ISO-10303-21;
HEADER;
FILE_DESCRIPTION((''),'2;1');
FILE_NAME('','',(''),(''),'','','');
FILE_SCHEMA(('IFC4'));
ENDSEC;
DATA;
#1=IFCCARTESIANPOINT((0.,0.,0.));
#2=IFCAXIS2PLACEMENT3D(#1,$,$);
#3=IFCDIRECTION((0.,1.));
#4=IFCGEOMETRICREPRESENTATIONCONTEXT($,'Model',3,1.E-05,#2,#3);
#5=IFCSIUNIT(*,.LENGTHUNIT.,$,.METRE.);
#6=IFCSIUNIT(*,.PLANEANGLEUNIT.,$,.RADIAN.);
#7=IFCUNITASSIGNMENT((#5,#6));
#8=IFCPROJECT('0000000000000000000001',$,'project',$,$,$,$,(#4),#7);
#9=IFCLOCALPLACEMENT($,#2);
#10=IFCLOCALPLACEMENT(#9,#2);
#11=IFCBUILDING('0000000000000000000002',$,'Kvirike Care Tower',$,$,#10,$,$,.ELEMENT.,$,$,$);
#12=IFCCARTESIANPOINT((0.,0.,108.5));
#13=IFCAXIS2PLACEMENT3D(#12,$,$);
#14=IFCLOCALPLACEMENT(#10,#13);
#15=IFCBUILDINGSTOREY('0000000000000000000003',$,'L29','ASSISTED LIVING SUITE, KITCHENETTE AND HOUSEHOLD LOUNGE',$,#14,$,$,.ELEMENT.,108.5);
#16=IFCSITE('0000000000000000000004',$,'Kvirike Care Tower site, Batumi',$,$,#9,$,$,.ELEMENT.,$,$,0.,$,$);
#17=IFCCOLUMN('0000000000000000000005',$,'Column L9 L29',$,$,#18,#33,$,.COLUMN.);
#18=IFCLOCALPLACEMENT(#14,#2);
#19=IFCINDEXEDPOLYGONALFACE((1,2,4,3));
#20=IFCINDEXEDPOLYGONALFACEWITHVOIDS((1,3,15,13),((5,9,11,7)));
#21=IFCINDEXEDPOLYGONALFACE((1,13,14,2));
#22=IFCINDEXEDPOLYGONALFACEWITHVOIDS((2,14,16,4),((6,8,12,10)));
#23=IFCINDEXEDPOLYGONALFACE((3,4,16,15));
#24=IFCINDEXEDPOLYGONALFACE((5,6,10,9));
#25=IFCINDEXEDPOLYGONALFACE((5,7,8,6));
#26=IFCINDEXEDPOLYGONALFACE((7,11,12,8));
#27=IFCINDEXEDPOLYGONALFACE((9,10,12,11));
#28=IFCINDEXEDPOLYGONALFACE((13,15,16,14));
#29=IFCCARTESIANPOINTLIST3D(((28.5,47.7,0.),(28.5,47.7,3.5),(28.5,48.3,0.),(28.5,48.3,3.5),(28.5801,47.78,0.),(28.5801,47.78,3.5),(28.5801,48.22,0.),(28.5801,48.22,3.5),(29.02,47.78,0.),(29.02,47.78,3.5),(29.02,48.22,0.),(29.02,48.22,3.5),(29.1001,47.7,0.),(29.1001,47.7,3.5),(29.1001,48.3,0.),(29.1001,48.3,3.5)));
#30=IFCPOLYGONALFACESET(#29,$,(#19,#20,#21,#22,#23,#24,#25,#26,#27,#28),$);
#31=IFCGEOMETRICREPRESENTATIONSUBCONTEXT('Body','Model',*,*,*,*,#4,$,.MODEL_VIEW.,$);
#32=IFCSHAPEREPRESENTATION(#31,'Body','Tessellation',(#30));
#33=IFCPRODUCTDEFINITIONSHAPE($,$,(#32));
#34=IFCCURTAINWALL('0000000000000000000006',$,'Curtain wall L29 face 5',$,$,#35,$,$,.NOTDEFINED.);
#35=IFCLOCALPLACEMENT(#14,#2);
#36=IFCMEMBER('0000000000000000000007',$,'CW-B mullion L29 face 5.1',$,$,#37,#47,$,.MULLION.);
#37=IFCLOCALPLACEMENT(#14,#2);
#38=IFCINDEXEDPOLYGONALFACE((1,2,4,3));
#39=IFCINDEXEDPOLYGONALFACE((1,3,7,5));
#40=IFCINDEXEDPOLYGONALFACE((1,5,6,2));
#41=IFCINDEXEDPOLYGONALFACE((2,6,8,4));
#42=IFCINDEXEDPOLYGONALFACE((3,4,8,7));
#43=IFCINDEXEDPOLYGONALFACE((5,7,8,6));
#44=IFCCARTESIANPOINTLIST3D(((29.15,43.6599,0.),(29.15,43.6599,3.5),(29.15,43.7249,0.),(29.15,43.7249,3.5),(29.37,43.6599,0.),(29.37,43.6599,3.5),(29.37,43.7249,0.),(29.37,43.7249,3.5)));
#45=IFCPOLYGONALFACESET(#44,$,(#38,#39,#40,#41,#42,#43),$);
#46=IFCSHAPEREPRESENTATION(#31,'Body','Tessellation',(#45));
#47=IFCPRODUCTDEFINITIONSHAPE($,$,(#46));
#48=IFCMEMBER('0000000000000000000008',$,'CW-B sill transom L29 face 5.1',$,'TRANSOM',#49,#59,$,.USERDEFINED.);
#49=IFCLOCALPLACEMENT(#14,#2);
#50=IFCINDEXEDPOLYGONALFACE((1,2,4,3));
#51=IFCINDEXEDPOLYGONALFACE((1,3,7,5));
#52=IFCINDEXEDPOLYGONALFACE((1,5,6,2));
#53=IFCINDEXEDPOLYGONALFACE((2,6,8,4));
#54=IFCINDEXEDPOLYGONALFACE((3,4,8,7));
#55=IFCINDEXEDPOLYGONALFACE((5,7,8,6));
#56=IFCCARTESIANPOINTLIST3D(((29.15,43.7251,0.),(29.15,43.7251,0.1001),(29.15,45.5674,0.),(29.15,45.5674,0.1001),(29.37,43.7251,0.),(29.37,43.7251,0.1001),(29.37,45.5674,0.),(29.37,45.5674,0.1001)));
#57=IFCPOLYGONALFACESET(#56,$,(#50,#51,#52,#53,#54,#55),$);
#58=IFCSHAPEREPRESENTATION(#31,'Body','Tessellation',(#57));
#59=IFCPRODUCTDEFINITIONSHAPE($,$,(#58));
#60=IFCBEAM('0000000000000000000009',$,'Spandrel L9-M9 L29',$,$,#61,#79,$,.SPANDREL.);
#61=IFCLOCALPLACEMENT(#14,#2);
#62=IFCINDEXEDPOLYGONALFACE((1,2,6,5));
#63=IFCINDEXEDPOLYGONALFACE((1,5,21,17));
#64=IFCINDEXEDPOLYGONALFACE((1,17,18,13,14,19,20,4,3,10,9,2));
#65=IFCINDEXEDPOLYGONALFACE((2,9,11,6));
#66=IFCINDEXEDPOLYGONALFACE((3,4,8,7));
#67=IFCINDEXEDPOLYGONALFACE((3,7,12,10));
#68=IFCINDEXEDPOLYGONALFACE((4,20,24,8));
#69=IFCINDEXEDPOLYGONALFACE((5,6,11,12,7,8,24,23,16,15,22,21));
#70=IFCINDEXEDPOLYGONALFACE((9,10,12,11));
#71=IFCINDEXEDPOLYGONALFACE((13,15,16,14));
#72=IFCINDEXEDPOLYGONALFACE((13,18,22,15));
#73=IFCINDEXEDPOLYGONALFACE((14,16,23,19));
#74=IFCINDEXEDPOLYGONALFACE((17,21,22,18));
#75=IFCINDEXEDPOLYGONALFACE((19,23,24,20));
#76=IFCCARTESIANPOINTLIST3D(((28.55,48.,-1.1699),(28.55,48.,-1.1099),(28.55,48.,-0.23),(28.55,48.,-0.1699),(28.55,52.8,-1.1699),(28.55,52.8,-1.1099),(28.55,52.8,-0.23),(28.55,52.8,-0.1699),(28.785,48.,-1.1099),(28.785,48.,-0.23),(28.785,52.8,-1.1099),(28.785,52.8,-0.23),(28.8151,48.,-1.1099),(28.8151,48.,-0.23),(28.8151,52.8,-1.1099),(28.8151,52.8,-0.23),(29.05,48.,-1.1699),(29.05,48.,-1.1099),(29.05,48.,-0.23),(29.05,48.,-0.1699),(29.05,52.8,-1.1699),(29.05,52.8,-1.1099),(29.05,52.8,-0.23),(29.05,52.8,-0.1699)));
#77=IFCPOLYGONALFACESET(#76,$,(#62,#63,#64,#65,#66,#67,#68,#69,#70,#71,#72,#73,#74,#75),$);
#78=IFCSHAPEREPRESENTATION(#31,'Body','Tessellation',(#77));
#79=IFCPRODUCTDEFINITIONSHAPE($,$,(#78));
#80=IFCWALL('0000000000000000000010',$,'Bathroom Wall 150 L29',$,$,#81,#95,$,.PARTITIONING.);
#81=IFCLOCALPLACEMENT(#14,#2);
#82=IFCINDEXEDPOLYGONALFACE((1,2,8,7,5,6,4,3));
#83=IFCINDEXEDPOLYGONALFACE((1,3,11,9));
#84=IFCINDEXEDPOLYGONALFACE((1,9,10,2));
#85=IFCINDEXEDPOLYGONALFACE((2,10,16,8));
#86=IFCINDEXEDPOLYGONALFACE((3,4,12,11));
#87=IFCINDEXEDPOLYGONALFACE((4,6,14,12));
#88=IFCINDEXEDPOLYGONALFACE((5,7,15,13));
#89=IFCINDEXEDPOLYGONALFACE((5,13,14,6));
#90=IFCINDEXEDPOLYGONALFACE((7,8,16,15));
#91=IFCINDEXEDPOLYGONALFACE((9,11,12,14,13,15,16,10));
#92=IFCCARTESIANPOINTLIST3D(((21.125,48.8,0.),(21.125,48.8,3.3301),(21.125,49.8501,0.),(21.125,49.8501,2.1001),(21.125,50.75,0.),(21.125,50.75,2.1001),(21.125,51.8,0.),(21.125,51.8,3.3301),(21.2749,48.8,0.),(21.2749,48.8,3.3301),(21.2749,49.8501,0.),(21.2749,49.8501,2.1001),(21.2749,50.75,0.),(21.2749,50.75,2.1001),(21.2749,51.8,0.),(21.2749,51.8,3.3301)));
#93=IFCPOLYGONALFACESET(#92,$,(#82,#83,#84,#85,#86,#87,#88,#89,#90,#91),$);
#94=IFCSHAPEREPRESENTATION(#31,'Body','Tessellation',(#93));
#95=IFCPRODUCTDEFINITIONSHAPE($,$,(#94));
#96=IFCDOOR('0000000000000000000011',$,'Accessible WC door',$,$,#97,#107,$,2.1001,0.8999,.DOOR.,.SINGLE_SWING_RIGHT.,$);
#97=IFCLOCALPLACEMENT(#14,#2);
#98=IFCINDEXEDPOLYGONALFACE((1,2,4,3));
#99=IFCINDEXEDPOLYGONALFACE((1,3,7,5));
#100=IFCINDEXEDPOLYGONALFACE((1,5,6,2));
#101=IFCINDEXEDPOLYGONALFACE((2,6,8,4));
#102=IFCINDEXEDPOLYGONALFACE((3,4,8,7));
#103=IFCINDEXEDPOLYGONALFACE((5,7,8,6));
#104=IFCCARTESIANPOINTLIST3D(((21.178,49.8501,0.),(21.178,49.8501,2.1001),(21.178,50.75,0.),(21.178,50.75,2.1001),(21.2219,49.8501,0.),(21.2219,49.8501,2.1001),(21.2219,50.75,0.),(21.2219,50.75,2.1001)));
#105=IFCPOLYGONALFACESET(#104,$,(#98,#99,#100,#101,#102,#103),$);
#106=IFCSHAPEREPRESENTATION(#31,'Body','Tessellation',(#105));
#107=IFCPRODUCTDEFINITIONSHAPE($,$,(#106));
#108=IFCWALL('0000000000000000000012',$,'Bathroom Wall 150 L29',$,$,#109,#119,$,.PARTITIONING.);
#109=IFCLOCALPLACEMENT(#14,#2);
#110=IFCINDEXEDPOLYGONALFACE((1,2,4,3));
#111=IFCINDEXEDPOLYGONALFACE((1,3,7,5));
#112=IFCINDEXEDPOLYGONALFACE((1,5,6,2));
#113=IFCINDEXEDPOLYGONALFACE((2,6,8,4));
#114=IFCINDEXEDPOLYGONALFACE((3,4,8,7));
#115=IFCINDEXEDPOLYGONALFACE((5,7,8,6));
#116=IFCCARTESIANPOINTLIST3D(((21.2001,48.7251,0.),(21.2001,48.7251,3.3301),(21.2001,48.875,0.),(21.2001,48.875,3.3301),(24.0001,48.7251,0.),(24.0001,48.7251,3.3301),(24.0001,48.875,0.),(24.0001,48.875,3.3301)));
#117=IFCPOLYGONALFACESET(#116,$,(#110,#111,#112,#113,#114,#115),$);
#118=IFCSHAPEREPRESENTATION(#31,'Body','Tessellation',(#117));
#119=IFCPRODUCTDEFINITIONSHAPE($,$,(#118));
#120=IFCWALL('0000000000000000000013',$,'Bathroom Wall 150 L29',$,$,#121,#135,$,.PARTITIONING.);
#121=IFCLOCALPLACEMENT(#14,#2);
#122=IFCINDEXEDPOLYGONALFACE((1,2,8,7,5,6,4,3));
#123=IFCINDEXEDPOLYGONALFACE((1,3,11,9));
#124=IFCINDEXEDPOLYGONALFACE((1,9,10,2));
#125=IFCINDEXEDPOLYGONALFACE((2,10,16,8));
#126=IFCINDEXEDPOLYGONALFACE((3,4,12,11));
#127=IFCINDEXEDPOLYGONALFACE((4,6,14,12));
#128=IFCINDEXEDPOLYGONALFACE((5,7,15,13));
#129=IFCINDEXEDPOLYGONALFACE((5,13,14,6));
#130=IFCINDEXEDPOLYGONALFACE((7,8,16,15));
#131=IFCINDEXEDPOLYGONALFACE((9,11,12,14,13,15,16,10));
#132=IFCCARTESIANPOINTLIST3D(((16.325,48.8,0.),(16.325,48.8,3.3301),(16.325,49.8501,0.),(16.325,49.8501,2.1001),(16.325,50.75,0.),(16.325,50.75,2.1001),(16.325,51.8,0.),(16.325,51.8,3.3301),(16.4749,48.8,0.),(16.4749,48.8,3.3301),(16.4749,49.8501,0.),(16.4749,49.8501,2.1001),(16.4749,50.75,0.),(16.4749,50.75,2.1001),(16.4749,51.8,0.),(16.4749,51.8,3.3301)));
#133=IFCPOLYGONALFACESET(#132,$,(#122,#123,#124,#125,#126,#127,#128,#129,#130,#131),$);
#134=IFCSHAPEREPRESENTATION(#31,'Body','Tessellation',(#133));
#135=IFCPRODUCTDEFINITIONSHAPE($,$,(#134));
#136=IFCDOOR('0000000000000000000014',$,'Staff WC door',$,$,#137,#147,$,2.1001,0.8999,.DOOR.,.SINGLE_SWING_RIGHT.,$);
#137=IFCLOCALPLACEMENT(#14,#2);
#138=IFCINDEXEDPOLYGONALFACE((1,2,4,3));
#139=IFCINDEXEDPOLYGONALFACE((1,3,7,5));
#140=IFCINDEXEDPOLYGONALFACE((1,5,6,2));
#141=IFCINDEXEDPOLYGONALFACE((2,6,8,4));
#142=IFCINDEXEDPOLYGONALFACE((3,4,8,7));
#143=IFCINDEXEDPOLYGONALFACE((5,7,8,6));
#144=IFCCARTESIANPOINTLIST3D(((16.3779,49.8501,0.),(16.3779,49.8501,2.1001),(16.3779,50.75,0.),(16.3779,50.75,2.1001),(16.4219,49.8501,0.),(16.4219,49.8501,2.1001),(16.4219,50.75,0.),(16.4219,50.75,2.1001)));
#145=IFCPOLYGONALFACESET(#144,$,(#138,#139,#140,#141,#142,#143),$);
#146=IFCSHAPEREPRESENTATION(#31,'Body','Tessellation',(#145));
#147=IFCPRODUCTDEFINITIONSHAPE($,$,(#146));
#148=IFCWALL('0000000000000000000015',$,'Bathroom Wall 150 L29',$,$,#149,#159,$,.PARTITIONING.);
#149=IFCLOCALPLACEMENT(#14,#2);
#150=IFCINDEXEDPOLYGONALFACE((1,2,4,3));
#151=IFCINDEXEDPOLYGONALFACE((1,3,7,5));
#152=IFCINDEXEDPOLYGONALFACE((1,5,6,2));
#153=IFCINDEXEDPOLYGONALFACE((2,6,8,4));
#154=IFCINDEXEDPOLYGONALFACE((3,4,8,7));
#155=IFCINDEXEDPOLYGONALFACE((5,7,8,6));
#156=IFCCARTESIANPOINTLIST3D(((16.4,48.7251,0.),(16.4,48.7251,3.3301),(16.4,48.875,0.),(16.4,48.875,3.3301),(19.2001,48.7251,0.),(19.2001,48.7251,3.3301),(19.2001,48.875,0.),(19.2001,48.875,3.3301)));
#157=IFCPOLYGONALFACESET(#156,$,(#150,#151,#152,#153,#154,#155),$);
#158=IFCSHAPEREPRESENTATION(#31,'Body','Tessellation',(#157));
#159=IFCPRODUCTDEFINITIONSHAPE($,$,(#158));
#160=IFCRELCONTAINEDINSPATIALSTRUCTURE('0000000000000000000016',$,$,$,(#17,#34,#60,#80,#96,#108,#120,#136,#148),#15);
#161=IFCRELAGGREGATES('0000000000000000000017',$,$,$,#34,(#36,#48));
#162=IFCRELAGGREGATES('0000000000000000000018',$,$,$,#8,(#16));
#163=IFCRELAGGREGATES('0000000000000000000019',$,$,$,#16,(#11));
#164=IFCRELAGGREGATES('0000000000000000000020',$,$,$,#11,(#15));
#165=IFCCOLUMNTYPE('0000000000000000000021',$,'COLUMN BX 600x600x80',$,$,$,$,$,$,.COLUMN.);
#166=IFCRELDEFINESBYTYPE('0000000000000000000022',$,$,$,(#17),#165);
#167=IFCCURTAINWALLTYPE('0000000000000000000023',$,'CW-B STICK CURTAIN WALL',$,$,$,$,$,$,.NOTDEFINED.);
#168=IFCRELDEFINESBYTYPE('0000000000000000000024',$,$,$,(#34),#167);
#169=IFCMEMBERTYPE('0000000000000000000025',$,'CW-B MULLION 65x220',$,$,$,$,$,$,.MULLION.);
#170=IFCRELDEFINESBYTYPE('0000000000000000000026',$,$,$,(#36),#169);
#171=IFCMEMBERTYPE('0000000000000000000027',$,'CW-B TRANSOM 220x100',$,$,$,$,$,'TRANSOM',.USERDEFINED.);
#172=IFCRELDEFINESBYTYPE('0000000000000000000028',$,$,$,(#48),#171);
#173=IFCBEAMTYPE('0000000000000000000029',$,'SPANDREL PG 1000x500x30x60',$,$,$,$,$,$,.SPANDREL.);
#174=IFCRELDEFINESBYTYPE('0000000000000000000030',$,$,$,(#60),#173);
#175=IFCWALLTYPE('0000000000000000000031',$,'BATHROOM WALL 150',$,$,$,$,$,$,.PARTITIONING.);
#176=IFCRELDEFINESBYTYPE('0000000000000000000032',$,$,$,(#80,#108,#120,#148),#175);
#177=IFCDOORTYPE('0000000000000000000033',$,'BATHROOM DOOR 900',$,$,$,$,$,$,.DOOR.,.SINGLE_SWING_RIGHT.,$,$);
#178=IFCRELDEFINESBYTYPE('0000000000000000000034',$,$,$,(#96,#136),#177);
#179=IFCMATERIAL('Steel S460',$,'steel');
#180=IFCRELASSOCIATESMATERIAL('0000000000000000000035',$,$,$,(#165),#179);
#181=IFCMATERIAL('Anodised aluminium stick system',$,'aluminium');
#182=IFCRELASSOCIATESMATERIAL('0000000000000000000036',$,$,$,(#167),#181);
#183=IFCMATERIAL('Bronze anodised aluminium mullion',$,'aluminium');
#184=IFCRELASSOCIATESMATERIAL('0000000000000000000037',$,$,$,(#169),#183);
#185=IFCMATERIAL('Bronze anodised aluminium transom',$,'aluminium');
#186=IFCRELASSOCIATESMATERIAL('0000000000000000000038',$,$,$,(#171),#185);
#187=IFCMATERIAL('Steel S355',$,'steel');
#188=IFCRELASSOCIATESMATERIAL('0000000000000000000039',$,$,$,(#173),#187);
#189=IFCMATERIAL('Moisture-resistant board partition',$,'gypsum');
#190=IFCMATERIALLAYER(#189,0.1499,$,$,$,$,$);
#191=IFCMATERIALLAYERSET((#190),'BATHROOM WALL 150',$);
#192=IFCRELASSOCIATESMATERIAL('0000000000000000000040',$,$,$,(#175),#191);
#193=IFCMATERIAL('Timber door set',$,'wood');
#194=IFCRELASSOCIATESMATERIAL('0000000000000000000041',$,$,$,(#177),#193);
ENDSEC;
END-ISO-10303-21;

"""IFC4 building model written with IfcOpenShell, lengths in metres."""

from ifc_helpers import new_model, si_unit, direction, frame, frame_2d, origin, origin_2d, place, context, subcontext, project, spatial, rectangle, hollow_rectangle, i_section, extrude, material, layer, layer_set, material_profile, profile_set, type_object, element, fill, aggregate, save


model = new_model("IFC4")

# Units and contexts
model_context = context("Model", 3, precision=1e-05, world=origin(), true_north=direction((0.0, 1.0)))
body_context = subcontext(model_context, "Body", "Model", "MODEL_VIEW")
ifc_project = project(units=[si_unit("LENGTHUNIT", "METRE"), si_unit("PLANEANGLEUNIT", "RADIAN")], contexts=[model_context])

# Site, building, storey
site_placement = place(None, origin())
site = spatial("IfcSite", under=ifc_project, at=site_placement, Name="Kvirike Care Tower site, Batumi", CompositionType="ELEMENT", RefElevation=0.0)
building_placement = place(site_placement, origin())
building = spatial("IfcBuilding", under=site, at=building_placement, Name="Kvirike Care Tower", CompositionType="ELEMENT")
storey_placement = place(building_placement, frame((0.0, 0.0, 108.5)))
storey = spatial("IfcBuildingStorey", under=building, at=storey_placement, Name="L29", Description="ASSISTED LIVING SUITE, KITCHENETTE AND HOUSEHOLD LOUNGE", CompositionType="ELEMENT", Elevation=108.5)

# Column
ifc_material_1 = material(Name="Steel S460", Category="steel")
ifc_material_profile_1 = material_profile(ifc_material_1, hollow_rectangle(XDim=0.6001, YDim=0.6001, WallThickness=0.0801, at=origin_2d()), Name="BX 600x600x80")
ifc_profile_set_1 = profile_set([ifc_material_profile_1], Name="Steel S460")
column_type = type_object("IfcColumnType", Name="COLUMN BX 600x600x80", PredefinedType="COLUMN", material=ifc_profile_set_1)
column_placement = place(storey_placement, frame((28.8, 48.0, 0.0), z_axis=(0.0, 0.0, 1.0), x_axis=(1.0, 0.0, 0.0)))
element("IfcColumn", 1, at=column_placement, inside=storey, type_object=column_type, Name="Column L9 L29", PredefinedType="COLUMN", context=body_context, shape_type="SweptSolid", body=[
    extrude(hollow_rectangle(XDim=0.6001, YDim=0.6001, WallThickness=0.0801, at=origin_2d()), origin(), (0.0, 0.0, 1.0), 3.5),
])

# Curtain wall, members
ifc_material_2 = material(Name="Anodised aluminium stick system", Category="aluminium")
curtain_wall_type = type_object("IfcCurtainWallType", Name="CW-B STICK CURTAIN WALL", PredefinedType="NOTDEFINED", material=ifc_material_2)
curtain_wall_placement = place(storey_placement, origin())
curtain_wall = element("IfcCurtainWall", 2, at=curtain_wall_placement, inside=storey, type_object=curtain_wall_type, Name="Curtain wall L29 face 5", PredefinedType="NOTDEFINED")
ifc_material_3 = material(Name="Bronze anodised aluminium mullion", Category="aluminium")
ifc_material_profile_2 = material_profile(ifc_material_3, rectangle(XDim=0.0649, YDim=0.22, at=origin_2d()), Name="CW-B MULLION 65x220")
ifc_profile_set_2 = profile_set([ifc_material_profile_2], Name="Bronze anodised aluminium mullion")
member_type_1 = type_object("IfcMemberType", Name="CW-B MULLION 65x220", PredefinedType="MULLION", material=ifc_profile_set_2)
member_1_placement = place(storey_placement, frame((29.26, 43.6924, 0.0), z_axis=(0.0, 0.0, 1.0), x_axis=(0.0, 1.0, 0.0)))
member_1 = element("IfcMember", 3, at=member_1_placement, type_object=member_type_1, Name="CW-B mullion L29 face 5.1", PredefinedType="MULLION", context=body_context, shape_type="SweptSolid", body=[
    extrude(rectangle(XDim=0.0649, YDim=0.22, at=origin_2d()), origin(), (0.0, 0.0, 1.0), 3.5),
])
ifc_material_4 = material(Name="Bronze anodised aluminium transom", Category="aluminium")
ifc_material_profile_3 = material_profile(ifc_material_4, rectangle(XDim=0.22, YDim=0.1001, at=origin_2d()), Name="CW-B TRANSOM 220x100")
ifc_profile_set_3 = profile_set([ifc_material_profile_3], Name="Bronze anodised aluminium transom")
member_type_2 = type_object("IfcMemberType", Name="CW-B TRANSOM 220x100", ElementType="TRANSOM", PredefinedType="USERDEFINED", material=ifc_profile_set_3)
member_2_placement = place(storey_placement, frame((29.26, 43.7251, 0.05), z_axis=(0.0, 1.0, 0.0), x_axis=(-1.0, 0.0, 0.0)))
member_2 = element("IfcMember", 4, at=member_2_placement, type_object=member_type_2, Name="CW-B sill transom L29 face 5.1", ObjectType="TRANSOM", PredefinedType="USERDEFINED", context=body_context, shape_type="SweptSolid", body=[
    extrude(rectangle(XDim=0.22, YDim=0.1001, at=origin_2d()), origin(), (0.0, 0.0, 1.0), 1.8423),
])
aggregate(curtain_wall, [member_1, member_2])

# Beam
ifc_material_5 = material(Name="Steel S355", Category="steel")
ifc_material_profile_4 = material_profile(ifc_material_5, i_section(OverallWidth=0.5, OverallDepth=1.0, WebThickness=0.03, FlangeThickness=0.0601, at=origin_2d()), Name="PG 1000x500x30x60")
ifc_profile_set_4 = profile_set([ifc_material_profile_4], Name="Steel S355")
beam_type = type_object("IfcBeamType", Name="SPANDREL PG 1000x500x30x60", PredefinedType="SPANDREL", material=ifc_profile_set_4)
beam_placement = place(storey_placement, frame((28.8, 48.0, -0.6699), z_axis=(0.0, 1.0, 0.0), x_axis=(-1.0, 0.0, 0.0)))
element("IfcBeam", 5, at=beam_placement, inside=storey, type_object=beam_type, Name="Spandrel L9-M9 L29", PredefinedType="SPANDREL", context=body_context, shape_type="SweptSolid", body=[
    extrude(i_section(OverallWidth=0.5, OverallDepth=1.0, WebThickness=0.03, FlangeThickness=0.0601, at=origin_2d()), origin(), (0.0, 0.0, 1.0), 4.8),
])

# Wall, opening, door
ifc_material_6 = material(Name="Moisture-resistant board partition", Category="gypsum")
ifc_layer_1 = layer(ifc_material_6, 0.1499)
ifc_layer_set_1 = layer_set([ifc_layer_1], Name="BATHROOM WALL 150")
wall_type_1 = type_object("IfcWallType", Name="BATHROOM WALL 150", PredefinedType="PARTITIONING", material=ifc_layer_set_1)
wall_1_placement = place(storey_placement, frame((21.2, 51.8, 0.0), z_axis=(0.0, 0.0, 1.0), x_axis=(0.0, -1.0, 0.0)))
wall_1 = element("IfcWall", 6, at=wall_1_placement, inside=storey, type_object=wall_type_1, Name="Bathroom Wall 150 L29", PredefinedType="PARTITIONING", context=body_context, shape_type="SweptSolid", body=[
    extrude(rectangle(XDim=3.0, YDim=0.1499, at=frame_2d((1.5, 0.0))), origin(), (0.0, 0.0, 1.0), 3.3301),
])
opening_1_placement = place(wall_1_placement, frame((1.05, 0.0, 0.0)))
opening_1 = element("IfcOpeningElement", 7, at=opening_1_placement, cuts=wall_1, PredefinedType="OPENING", context=body_context, shape_type="SweptSolid", body=[
    extrude(rectangle(XDim=0.8999, YDim=2.1001, at=frame_2d((0.45, 1.05))), frame((0.0, 0.0854, 0.0), z_axis=(0.0, -1.0, 0.0), x_axis=(1.0, 0.0, 0.0)), (0.0, 0.0, 1.0), 0.1709),
])
ifc_material_7 = material(Name="Timber door set", Category="wood")
door_type_1 = type_object("IfcDoorType", Name="BATHROOM DOOR 900", OperationType="SINGLE_SWING_RIGHT", PredefinedType="DOOR", material=ifc_material_7)
door_1_placement = place(opening_1_placement, origin())
door_1 = element("IfcDoor", 8, at=door_1_placement, inside=storey, type_object=door_type_1, Name="Accessible WC door", OperationType="SINGLE_SWING_RIGHT", OverallHeight=2.1001, OverallWidth=0.8999, PredefinedType="DOOR", context=body_context, shape_type="SweptSolid", body=[
    extrude(rectangle(XDim=0.8999, YDim=2.1001, at=frame_2d((0.45, 1.05))), frame((0.0, 0.022, 0.0), z_axis=(0.0, -1.0, 0.0), x_axis=(1.0, 0.0, 0.0)), (0.0, 0.0, 1.0), 0.0439),
])
fill(opening_1, door_1)

# Wall
wall_2_placement = place(storey_placement, frame((24.0, 48.8, 0.0), z_axis=(0.0, 0.0, 1.0), x_axis=(-1.0, 0.0, 0.0)))
element("IfcWall", 9, at=wall_2_placement, inside=storey, type_object=wall_type_1, Name="Bathroom Wall 150 L29", PredefinedType="PARTITIONING", context=body_context, shape_type="SweptSolid", body=[
    extrude(rectangle(XDim=2.8, YDim=0.1499, at=frame_2d((1.3999, 0.0))), origin(), (0.0, 0.0, 1.0), 3.3301),
])

# Wall, opening, door
wall_3_placement = place(storey_placement, frame((16.3999, 51.8, 0.0), z_axis=(0.0, 0.0, 1.0), x_axis=(0.0, -1.0, 0.0)))
wall_3 = element("IfcWall", 10, at=wall_3_placement, inside=storey, type_object=wall_type_1, Name="Bathroom Wall 150 L29", PredefinedType="PARTITIONING", context=body_context, shape_type="SweptSolid", body=[
    extrude(rectangle(XDim=3.0, YDim=0.1499, at=frame_2d((1.5, 0.0))), origin(), (0.0, 0.0, 1.0), 3.3301),
])
opening_2_placement = place(wall_3_placement, frame((1.05, 0.0, 0.0)))
opening_2 = element("IfcOpeningElement", 11, at=opening_2_placement, cuts=wall_3, PredefinedType="OPENING", context=body_context, shape_type="SweptSolid", body=[
    extrude(rectangle(XDim=0.8999, YDim=2.1001, at=frame_2d((0.45, 1.05))), frame((0.0, 0.0854, 0.0), z_axis=(0.0, -1.0, 0.0), x_axis=(1.0, 0.0, 0.0)), (0.0, 0.0, 1.0), 0.1709),
])
door_2_placement = place(opening_2_placement, origin())
door_2 = element("IfcDoor", 12, at=door_2_placement, inside=storey, type_object=door_type_1, Name="Staff WC door", OperationType="SINGLE_SWING_RIGHT", OverallHeight=2.1001, OverallWidth=0.8999, PredefinedType="DOOR", context=body_context, shape_type="SweptSolid", body=[
    extrude(rectangle(XDim=0.8999, YDim=2.1001, at=frame_2d((0.45, 1.05))), frame((0.0, 0.022, 0.0), z_axis=(0.0, -1.0, 0.0), x_axis=(1.0, 0.0, 0.0)), (0.0, 0.0, 1.0), 0.0439),
])
fill(opening_2, door_2)

# Wall
wall_4_placement = place(storey_placement, frame((19.2, 48.8, 0.0), z_axis=(0.0, 0.0, 1.0), x_axis=(-1.0, 0.0, 0.0)))
element("IfcWall", 13, at=wall_4_placement, inside=storey, type_object=wall_type_1, Name="Bathroom Wall 150 L29", PredefinedType="PARTITIONING", context=body_context, shape_type="SweptSolid", body=[
    extrude(rectangle(XDim=2.8, YDim=0.1499, at=frame_2d((1.3999, 0.0))), origin(), (0.0, 0.0, 1.0), 3.3301),
])

save(model, "model.ifc")
